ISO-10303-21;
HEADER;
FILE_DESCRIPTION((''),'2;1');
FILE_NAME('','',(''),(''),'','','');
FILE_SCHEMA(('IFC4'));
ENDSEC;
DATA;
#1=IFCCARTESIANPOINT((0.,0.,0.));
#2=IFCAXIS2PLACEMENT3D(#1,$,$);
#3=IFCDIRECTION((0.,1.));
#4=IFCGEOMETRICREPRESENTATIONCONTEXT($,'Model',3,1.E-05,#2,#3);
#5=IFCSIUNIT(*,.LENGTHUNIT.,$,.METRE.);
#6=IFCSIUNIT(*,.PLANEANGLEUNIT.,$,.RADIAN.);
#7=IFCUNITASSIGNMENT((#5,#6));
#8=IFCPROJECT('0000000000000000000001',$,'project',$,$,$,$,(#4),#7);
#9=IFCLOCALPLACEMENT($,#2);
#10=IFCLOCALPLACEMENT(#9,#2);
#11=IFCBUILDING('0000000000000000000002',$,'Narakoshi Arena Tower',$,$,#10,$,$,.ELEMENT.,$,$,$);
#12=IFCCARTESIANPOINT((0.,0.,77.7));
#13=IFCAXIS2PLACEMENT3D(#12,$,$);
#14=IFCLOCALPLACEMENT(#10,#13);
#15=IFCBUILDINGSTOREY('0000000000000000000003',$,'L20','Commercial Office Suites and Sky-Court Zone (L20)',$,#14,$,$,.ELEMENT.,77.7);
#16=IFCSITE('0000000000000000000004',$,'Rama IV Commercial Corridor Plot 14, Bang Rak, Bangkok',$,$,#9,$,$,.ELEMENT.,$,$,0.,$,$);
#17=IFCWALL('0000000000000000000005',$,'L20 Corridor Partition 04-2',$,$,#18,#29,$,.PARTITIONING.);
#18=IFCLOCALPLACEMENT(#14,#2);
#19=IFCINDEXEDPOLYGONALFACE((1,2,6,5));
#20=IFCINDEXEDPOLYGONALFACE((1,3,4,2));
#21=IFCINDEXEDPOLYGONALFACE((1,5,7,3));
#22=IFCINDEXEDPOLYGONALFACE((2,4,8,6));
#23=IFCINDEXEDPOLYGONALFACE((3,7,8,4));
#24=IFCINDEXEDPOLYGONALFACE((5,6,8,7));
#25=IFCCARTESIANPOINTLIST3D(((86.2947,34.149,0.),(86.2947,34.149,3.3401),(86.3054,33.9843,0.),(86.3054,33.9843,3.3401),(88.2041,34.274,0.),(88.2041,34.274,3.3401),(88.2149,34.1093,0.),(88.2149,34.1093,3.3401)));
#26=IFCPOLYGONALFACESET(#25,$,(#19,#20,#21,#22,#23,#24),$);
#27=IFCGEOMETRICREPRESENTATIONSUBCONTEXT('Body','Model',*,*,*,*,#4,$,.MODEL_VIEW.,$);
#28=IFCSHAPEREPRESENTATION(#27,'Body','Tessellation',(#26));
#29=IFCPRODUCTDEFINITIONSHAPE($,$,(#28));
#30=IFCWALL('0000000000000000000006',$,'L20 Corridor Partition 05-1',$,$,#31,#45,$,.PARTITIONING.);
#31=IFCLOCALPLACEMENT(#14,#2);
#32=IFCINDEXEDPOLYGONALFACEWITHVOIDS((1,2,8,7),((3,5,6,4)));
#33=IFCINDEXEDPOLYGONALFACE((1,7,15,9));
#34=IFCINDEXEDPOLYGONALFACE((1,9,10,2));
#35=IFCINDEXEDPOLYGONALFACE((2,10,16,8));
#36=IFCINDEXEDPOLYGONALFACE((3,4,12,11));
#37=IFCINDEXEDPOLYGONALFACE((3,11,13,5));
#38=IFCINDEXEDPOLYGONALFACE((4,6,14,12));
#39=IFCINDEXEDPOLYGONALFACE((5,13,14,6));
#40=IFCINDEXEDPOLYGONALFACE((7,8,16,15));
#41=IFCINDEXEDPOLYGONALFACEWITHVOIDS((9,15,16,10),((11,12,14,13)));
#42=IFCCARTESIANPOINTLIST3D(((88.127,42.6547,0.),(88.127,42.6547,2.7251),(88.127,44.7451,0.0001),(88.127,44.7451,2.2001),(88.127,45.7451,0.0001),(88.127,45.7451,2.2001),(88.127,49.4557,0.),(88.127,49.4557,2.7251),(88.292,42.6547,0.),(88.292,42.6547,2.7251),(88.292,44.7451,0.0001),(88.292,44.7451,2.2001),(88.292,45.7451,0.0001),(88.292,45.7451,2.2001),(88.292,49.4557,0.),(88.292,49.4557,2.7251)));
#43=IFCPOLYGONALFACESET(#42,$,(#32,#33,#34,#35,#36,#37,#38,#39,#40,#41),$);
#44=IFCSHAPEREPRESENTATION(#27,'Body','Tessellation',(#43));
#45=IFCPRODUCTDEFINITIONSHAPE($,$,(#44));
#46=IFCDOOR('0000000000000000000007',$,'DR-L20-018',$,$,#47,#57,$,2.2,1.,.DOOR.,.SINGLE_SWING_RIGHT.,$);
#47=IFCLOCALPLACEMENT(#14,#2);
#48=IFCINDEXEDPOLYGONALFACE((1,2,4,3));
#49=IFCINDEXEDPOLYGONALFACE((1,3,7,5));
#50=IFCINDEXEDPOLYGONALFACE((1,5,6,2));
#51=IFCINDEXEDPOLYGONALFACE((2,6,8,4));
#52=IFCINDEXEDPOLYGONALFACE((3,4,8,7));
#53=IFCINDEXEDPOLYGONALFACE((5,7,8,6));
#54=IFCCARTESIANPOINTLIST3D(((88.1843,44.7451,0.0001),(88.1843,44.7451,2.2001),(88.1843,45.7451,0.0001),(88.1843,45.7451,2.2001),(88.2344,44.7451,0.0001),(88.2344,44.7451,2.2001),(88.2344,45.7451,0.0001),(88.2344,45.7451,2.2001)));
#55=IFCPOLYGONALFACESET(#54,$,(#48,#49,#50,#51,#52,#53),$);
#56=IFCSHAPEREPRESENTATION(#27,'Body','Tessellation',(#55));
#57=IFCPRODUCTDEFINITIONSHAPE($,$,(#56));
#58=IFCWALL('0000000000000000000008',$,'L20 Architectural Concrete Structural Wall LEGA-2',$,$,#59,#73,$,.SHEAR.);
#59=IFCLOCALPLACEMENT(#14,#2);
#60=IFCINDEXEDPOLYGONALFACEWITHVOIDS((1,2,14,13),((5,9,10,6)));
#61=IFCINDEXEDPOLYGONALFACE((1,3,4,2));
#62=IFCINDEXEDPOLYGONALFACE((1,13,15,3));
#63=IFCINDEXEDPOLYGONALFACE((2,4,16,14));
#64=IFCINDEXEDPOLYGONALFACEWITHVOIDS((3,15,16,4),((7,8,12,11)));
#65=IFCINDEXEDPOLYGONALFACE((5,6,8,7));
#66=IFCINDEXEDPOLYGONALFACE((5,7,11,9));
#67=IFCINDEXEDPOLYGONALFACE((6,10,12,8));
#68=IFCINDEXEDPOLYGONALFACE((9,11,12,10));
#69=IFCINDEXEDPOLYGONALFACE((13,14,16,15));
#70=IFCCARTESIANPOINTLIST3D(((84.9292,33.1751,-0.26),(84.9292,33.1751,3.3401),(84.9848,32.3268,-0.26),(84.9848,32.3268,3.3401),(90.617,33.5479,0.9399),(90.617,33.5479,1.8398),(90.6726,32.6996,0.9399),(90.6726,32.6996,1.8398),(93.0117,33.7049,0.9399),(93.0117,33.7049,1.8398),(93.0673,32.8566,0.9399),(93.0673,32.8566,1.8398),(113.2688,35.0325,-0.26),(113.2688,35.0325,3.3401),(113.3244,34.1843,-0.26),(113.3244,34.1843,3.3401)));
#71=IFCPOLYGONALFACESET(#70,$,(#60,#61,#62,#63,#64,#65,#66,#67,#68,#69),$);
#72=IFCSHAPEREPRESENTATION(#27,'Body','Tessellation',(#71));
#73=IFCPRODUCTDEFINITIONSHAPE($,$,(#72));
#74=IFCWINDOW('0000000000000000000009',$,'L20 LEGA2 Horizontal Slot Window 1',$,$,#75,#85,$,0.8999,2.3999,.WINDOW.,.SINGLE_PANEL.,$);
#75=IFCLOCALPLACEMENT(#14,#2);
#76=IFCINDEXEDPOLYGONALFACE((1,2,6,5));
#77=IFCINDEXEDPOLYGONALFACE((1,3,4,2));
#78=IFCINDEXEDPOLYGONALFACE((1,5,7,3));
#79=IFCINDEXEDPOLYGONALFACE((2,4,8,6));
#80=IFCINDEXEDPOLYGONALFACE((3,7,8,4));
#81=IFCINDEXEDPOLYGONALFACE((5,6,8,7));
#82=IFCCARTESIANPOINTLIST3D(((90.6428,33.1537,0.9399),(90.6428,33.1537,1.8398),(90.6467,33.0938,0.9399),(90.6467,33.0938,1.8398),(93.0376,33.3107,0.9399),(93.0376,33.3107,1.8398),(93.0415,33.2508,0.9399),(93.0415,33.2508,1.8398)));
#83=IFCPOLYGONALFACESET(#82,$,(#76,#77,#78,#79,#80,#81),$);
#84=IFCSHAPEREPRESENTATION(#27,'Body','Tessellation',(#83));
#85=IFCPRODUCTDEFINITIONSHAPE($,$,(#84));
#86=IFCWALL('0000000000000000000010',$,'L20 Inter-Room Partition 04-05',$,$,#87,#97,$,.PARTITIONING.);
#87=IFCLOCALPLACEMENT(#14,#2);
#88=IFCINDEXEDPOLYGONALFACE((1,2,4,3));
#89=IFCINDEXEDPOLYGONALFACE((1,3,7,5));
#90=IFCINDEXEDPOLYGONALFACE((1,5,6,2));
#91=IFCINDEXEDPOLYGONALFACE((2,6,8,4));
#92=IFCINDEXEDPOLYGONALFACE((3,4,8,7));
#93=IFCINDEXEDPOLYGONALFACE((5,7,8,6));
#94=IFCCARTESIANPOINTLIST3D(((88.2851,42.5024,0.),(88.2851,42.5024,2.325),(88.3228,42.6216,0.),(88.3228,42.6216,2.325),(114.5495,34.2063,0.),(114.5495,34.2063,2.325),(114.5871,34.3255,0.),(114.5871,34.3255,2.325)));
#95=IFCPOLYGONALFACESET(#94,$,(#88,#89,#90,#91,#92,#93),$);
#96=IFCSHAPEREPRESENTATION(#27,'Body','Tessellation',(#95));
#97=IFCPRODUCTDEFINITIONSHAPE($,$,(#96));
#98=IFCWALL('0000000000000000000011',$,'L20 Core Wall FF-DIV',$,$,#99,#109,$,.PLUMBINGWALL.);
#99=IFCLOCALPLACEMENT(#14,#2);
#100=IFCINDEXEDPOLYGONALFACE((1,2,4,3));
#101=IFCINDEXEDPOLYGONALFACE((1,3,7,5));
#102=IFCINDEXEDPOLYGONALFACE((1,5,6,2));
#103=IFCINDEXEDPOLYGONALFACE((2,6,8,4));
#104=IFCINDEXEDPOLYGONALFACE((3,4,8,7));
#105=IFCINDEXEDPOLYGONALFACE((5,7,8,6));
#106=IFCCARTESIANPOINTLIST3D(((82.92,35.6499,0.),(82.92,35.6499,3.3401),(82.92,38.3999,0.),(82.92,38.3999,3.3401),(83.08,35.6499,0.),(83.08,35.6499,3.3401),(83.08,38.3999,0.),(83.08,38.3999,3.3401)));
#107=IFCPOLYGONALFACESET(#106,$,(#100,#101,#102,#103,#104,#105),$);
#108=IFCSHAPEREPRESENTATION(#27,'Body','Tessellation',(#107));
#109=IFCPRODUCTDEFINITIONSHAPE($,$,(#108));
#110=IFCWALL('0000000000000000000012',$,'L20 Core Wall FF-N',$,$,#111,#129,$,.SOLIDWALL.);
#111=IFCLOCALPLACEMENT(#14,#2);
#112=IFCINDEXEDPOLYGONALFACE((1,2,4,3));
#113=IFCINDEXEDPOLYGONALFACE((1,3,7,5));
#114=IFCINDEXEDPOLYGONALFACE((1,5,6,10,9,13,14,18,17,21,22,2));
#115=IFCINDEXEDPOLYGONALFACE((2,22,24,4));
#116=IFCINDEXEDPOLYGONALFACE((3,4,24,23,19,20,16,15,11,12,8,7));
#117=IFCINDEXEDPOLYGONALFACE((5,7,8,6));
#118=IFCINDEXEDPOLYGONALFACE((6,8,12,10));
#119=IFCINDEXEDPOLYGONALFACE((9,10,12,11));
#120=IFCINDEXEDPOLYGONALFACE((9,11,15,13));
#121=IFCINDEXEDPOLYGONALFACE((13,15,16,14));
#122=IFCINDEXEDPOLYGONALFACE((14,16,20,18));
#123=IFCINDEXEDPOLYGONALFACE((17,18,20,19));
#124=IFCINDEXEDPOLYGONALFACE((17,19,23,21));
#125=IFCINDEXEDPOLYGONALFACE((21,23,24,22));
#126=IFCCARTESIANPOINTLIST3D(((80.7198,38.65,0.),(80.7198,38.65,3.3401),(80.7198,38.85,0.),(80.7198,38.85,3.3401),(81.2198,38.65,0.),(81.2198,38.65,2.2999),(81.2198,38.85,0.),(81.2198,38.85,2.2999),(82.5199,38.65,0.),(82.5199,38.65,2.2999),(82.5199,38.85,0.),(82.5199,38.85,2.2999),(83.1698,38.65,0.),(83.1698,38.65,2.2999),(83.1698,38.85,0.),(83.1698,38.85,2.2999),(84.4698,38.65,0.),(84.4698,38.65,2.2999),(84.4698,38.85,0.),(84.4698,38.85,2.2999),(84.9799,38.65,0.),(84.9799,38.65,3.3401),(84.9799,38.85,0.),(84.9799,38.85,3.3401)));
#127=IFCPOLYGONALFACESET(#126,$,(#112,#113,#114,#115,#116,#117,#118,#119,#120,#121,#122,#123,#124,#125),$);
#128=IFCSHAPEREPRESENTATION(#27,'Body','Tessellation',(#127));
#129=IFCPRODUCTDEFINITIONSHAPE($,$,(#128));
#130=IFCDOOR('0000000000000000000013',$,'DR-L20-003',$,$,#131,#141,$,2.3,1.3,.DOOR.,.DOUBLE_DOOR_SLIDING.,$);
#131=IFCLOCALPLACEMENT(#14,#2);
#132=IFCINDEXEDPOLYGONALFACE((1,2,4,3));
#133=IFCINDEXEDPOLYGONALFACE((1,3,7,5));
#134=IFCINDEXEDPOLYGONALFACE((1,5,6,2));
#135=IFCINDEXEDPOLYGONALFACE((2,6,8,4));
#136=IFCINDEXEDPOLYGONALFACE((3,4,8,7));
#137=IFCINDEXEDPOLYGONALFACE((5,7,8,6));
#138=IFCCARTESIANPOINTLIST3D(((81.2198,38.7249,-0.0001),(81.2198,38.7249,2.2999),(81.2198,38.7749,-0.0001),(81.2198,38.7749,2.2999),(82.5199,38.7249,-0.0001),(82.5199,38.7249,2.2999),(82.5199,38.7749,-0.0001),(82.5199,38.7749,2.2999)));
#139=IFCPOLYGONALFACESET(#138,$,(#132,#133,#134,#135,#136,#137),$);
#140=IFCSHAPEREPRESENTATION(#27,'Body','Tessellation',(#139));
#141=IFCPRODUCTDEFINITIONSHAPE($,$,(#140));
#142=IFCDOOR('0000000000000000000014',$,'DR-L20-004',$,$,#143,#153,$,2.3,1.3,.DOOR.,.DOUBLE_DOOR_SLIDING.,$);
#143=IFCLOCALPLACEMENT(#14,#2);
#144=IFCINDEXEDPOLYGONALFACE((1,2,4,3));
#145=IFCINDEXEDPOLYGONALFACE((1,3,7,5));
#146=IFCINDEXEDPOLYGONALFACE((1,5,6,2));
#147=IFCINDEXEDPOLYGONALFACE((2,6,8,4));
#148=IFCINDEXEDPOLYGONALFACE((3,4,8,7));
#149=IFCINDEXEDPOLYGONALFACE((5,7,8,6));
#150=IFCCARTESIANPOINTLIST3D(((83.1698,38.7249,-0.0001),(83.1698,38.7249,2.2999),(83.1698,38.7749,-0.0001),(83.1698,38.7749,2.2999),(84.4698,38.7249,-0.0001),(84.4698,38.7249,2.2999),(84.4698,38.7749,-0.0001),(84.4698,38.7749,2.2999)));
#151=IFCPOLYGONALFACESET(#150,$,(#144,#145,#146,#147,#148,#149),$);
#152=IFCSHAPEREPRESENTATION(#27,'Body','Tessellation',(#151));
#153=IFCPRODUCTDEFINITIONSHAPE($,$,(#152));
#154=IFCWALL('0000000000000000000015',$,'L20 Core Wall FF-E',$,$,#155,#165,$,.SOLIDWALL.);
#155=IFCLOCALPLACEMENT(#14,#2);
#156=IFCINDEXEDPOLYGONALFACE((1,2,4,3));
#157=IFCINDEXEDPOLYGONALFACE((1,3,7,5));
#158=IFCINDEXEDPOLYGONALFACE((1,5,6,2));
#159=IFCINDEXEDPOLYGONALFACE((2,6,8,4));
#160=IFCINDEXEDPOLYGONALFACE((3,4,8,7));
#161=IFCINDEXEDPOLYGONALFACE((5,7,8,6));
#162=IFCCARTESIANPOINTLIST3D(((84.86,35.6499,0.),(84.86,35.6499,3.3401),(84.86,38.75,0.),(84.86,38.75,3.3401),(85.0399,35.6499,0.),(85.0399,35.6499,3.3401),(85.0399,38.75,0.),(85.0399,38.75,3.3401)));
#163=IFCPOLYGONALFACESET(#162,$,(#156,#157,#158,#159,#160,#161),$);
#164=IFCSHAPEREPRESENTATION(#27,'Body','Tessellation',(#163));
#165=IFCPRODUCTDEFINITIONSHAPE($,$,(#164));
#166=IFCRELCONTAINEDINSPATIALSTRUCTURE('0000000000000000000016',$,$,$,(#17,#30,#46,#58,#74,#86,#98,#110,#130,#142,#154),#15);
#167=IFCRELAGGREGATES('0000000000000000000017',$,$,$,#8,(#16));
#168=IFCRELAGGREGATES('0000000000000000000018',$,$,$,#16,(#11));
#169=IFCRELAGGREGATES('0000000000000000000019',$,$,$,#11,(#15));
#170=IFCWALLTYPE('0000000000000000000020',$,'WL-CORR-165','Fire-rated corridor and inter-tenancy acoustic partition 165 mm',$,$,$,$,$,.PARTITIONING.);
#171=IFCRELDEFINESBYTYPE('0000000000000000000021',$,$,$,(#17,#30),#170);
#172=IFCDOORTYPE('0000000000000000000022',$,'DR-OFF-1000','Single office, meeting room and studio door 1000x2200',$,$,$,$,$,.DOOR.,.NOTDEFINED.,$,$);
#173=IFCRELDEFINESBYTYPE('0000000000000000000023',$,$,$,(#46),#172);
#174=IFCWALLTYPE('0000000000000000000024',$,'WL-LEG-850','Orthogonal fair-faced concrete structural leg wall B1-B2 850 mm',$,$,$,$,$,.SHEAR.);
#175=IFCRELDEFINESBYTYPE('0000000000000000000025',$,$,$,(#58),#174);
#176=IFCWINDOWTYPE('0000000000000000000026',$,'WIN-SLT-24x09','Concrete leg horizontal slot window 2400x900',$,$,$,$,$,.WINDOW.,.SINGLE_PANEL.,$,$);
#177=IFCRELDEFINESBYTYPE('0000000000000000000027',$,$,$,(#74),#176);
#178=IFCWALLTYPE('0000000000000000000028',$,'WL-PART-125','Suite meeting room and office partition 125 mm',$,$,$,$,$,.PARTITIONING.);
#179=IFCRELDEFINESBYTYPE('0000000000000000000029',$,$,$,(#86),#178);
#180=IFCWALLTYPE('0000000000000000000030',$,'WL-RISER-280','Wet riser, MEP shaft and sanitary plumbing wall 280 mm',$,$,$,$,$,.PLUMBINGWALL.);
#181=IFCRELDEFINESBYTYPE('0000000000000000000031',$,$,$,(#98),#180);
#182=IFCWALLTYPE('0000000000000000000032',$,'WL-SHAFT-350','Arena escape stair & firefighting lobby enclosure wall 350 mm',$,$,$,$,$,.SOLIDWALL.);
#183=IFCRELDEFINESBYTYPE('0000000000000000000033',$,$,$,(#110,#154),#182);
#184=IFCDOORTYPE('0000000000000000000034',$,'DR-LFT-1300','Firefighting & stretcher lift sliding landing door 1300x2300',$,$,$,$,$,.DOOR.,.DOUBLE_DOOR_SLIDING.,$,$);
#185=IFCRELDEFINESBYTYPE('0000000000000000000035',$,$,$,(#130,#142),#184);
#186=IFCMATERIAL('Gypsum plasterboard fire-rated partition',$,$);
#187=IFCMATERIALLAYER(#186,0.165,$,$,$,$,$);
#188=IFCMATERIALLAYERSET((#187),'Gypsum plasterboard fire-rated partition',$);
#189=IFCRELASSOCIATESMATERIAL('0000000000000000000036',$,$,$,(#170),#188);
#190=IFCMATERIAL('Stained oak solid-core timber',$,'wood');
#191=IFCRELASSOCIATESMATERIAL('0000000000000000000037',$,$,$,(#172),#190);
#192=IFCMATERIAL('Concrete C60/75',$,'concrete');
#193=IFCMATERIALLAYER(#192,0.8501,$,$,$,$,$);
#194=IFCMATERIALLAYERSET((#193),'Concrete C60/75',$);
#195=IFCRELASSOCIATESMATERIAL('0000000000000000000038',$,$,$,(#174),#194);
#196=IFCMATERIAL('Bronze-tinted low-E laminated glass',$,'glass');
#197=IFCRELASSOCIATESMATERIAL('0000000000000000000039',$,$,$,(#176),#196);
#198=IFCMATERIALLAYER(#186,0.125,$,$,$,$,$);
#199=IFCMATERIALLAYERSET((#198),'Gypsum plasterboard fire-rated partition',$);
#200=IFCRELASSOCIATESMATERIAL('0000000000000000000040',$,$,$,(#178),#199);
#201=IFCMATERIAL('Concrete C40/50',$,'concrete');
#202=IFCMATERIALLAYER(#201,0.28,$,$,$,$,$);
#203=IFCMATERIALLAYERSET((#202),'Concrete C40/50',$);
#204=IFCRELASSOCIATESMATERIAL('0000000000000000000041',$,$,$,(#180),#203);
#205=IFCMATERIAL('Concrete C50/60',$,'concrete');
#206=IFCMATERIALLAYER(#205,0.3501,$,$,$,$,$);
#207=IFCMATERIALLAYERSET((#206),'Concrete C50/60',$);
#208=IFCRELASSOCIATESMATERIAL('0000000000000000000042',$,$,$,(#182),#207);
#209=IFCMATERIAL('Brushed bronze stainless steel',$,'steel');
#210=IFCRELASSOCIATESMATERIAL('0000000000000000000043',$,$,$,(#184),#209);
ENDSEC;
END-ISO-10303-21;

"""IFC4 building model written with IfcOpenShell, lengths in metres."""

from ifc_helpers import new_model, si_unit, direction, frame, frame_2d, origin, place, context, subcontext, project, spatial, rectangle, extrude, material, layer, layer_set, type_object, element, fill, save


model = new_model("IFC4")

# Units and contexts
model_context = context("Model", 3, precision=1e-05, world=origin(), true_north=direction((0.0, 1.0)))
body_context = subcontext(model_context, "Body", "Model", "MODEL_VIEW")
ifc_project = project(units=[si_unit("LENGTHUNIT", "METRE"), si_unit("PLANEANGLEUNIT", "RADIAN")], contexts=[model_context])

# Site, building, storey
site_placement = place(None, origin())
site = spatial("IfcSite", under=ifc_project, at=site_placement, Name="Rama IV Commercial Corridor Plot 14, Bang Rak, Bangkok", CompositionType="ELEMENT", RefElevation=0.0)
building_placement = place(site_placement, origin())
building = spatial("IfcBuilding", under=site, at=building_placement, Name="Narakoshi Arena Tower", CompositionType="ELEMENT")
storey_placement = place(building_placement, frame((0.0, 0.0, 77.7)))
storey = spatial("IfcBuildingStorey", under=building, at=storey_placement, Name="L20", Description="Commercial Office Suites and Sky-Court Zone (L20)", CompositionType="ELEMENT", Elevation=77.7)

# Shared definitions
ifc_material_1 = material(Name="Concrete C60/75", Category="concrete")

# Shared definitions
ifc_material_2 = material(Name="Gypsum plasterboard fire-rated partition")
ifc_layer_1 = layer(ifc_material_2, 0.165)
ifc_layer_set_1 = layer_set([ifc_layer_1], Name="Gypsum plasterboard fire-rated partition")
wall_type_1 = type_object("IfcWallType", Name="WL-CORR-165", Description="Fire-rated corridor and inter-tenancy acoustic partition 165 mm", PredefinedType="PARTITIONING", material=ifc_layer_set_1)
ifc_material_3 = material(Name="Stained oak solid-core timber", Category="wood")
door_type_1 = type_object("IfcDoorType", Name="DR-OFF-1000", Description="Single office, meeting room and studio door 1000x2200", OperationType="NOTDEFINED", PredefinedType="DOOR", material=ifc_material_3)

# Wall
wall_1_placement = place(storey_placement, frame((86.3, 34.0667, 0.0), z_axis=(0.0, 0.0, 1.0), x_axis=(0.997864, 0.065325, 0.0)))
element("IfcWall", 1, at=wall_1_placement, inside=storey, type_object=wall_type_1, Name="L20 Corridor Partition 04-2", PredefinedType="PARTITIONING", context=body_context, shape_type="SweptSolid", body=[
    extrude(rectangle(XDim=1.9136, YDim=0.165, at=frame_2d((0.9568, 0.0))), origin(), (0.0, 0.0, 1.0), 3.3401),
])

# Wall, opening, door
wall_2_placement = place(storey_placement, frame((88.2095, 42.6548, 0.0), z_axis=(0.0, 0.0, 1.0), x_axis=(0.0, 1.0, 0.0)))
wall_2 = element("IfcWall", 2, at=wall_2_placement, inside=storey, type_object=wall_type_1, Name="L20 Corridor Partition 05-1", PredefinedType="PARTITIONING", context=body_context, shape_type="SweptSolid", body=[
    extrude(rectangle(XDim=6.801, YDim=0.165, at=frame_2d((3.4004, 0.0))), origin(), (0.0, 0.0, 1.0), 2.7251),
])
opening_1_placement = place(wall_2_placement, frame((2.0903, 0.0, 0.0)))
opening_1 = element("IfcOpeningElement", 3, at=opening_1_placement, cuts=wall_2, PredefinedType="OPENING", context=body_context, shape_type="SweptSolid", body=[
    extrude(rectangle(XDim=1.0, YDim=2.2, at=frame_2d((0.5, 1.1001))), frame((0.0, 0.0925, 0.0), z_axis=(0.0, -1.0, 0.0), x_axis=(1.0, 0.0, 0.0)), (0.0, 0.0, 1.0), 0.1851),
])
door_1_placement = place(opening_1_placement, frame((1.0, 0.0, 0.0), z_axis=(0.0, 0.0, 1.0), x_axis=(-1.0, 0.0, 0.0)))
door_1 = element("IfcDoor", 4, at=door_1_placement, inside=storey, type_object=door_type_1, Name="DR-L20-018", OperationType="SINGLE_SWING_RIGHT", OverallHeight=2.2, OverallWidth=1.0, PredefinedType="DOOR", context=body_context, shape_type="SweptSolid", body=[
    extrude(rectangle(XDim=1.0, YDim=2.2, at=frame_2d((0.5, 1.1001))), frame((0.0, 0.0249, 0.0), z_axis=(0.0, -1.0, 0.0), x_axis=(1.0, 0.0, 0.0)), (0.0, 0.0, 1.0), 0.05),
])
fill(opening_1, door_1)

# Wall, opening, window
ifc_layer_2 = layer(ifc_material_1, 0.8501)
ifc_layer_set_2 = layer_set([ifc_layer_2], Name="Concrete C60/75")
wall_type_2 = type_object("IfcWallType", Name="WL-LEG-850", Description="Orthogonal fair-faced concrete structural leg wall B1-B2 850 mm", PredefinedType="SHEAR", material=ifc_layer_set_2)
wall_3_placement = place(storey_placement, frame((84.957, 32.751, -0.26), z_axis=(0.0, 0.0, 1.0), x_axis=(0.997859, 0.065401, 0.0)))
wall_3 = element("IfcWall", 5, at=wall_3_placement, inside=storey, type_object=wall_type_2, Name="L20 Architectural Concrete Structural Wall LEGA-2", PredefinedType="SHEAR", context=body_context, shape_type="SweptSolid", body=[
    extrude(rectangle(XDim=28.4004, YDim=0.8501, at=frame_2d((14.2002, 0.0))), origin(), (0.0, 0.0, 1.0), 3.6001),
])
opening_2_placement = place(wall_3_placement, frame((5.7, 0.0, 1.2)))
opening_2 = element("IfcOpeningElement", 6, at=opening_2_placement, cuts=wall_3, PredefinedType="OPENING", context=body_context, shape_type="SweptSolid", body=[
    extrude(rectangle(XDim=2.3999, YDim=0.8999, at=frame_2d((1.2, 0.45))), frame((0.0, 0.4351, 0.0), z_axis=(0.0, -1.0, 0.0), x_axis=(1.0, 0.0, 0.0)), (0.0, 0.0, 1.0), 0.8701),
])
ifc_material_4 = material(Name="Bronze-tinted low-E laminated glass", Category="glass")
window_type = type_object("IfcWindowType", Name="WIN-SLT-24x09", Description="Concrete leg horizontal slot window 2400x900", PartitioningType="SINGLE_PANEL", PredefinedType="WINDOW", material=ifc_material_4)
window_placement = place(opening_2_placement, origin())
window = element("IfcWindow", 7, at=window_placement, inside=storey, type_object=window_type, Name="L20 LEGA2 Horizontal Slot Window 1", OverallHeight=0.8999, OverallWidth=2.3999, PartitioningType="SINGLE_PANEL", PredefinedType="WINDOW", context=body_context, shape_type="SweptSolid", body=[
    extrude(rectangle(XDim=2.3999, YDim=0.8999, at=frame_2d((1.2, 0.45))), frame((0.0, 0.03, 0.0), z_axis=(0.0, -1.0, 0.0), x_axis=(1.0, 0.0, 0.0)), (0.0, 0.0, 1.0), 0.0601),
])
fill(opening_2, window)

# Walls
ifc_layer_3 = layer(ifc_material_2, 0.125)
ifc_layer_set_3 = layer_set([ifc_layer_3], Name="Gypsum plasterboard fire-rated partition")
wall_type_3 = type_object("IfcWallType", Name="WL-PART-125", Description="Suite meeting room and office partition 125 mm", PredefinedType="PARTITIONING", material=ifc_layer_set_3)
wall_4_placement = place(storey_placement, frame((88.304, 42.562, 0.0), z_axis=(0.0, 0.0, 1.0), x_axis=(0.953561, -0.301201, 0.0)))
element("IfcWall", 8, at=wall_4_placement, inside=storey, type_object=wall_type_3, Name="L20 Inter-Room Partition 04-05", PredefinedType="PARTITIONING", context=body_context, shape_type="SweptSolid", body=[
    extrude(rectangle(XDim=27.5435, YDim=0.125, at=frame_2d((13.7717, 0.0))), origin(), (0.0, 0.0, 1.0), 2.325),
])
ifc_material_5 = material(Name="Concrete C40/50", Category="concrete")
ifc_layer_4 = layer(ifc_material_5, 0.28)
ifc_layer_set_4 = layer_set([ifc_layer_4], Name="Concrete C40/50")
wall_type_4 = type_object("IfcWallType", Name="WL-RISER-280", Description="Wet riser, MEP shaft and sanitary plumbing wall 280 mm", PredefinedType="PLUMBINGWALL", material=ifc_layer_set_4)
wall_5_placement = place(storey_placement, frame((83.0, 35.6499, 0.0), z_axis=(0.0, 0.0, 1.0), x_axis=(0.0, 1.0, 0.0)))
element("IfcWall", 9, at=wall_5_placement, inside=storey, type_object=wall_type_4, Name="L20 Core Wall FF-DIV", PredefinedType="PLUMBINGWALL", context=body_context, shape_type="SweptSolid", body=[
    extrude(rectangle(XDim=2.75, YDim=0.1599, at=frame_2d((1.375, 0.0))), origin(), (0.0, 0.0, 1.0), 3.3401),
])

# Wall, openings, doors
ifc_material_6 = material(Name="Concrete C50/60", Category="concrete")
ifc_layer_5 = layer(ifc_material_6, 0.3501)
ifc_layer_set_5 = layer_set([ifc_layer_5], Name="Concrete C50/60")
wall_type_5 = type_object("IfcWallType", Name="WL-SHAFT-350", Description="Arena escape stair & firefighting lobby enclosure wall 350 mm", PredefinedType="SOLIDWALL", material=ifc_layer_set_5)
wall_6_placement = place(storey_placement, frame((80.72, 38.75, 0.0), z_axis=(0.0, 0.0, 1.0), x_axis=(1.0, 0.0, 0.0)))
wall_6 = element("IfcWall", 10, at=wall_6_placement, inside=storey, type_object=wall_type_5, Name="L20 Core Wall FF-N", PredefinedType="SOLIDWALL", context=body_context, shape_type="SweptSolid", body=[
    extrude(rectangle(XDim=4.26, YDim=0.2, at=frame_2d((2.1299, 0.0))), origin(), (0.0, 0.0, 1.0), 3.3401),
])
opening_3_placement = place(wall_6_placement, frame((0.5, 0.0, 0.0)))
opening_3 = element("IfcOpeningElement", 11, at=opening_3_placement, cuts=wall_6, PredefinedType="OPENING", context=body_context, shape_type="SweptSolid", body=[
    extrude(rectangle(XDim=1.3, YDim=2.3, at=frame_2d((0.6499, 1.1499))), frame((0.0, 0.1099, 0.0), z_axis=(0.0, -1.0, 0.0), x_axis=(1.0, 0.0, 0.0)), (0.0, 0.0, 1.0), 0.22),
])
opening_4_placement = place(wall_6_placement, frame((2.45, 0.0, 0.0)))
opening_4 = element("IfcOpeningElement", 12, at=opening_4_placement, cuts=wall_6, PredefinedType="OPENING", context=body_context, shape_type="SweptSolid", body=[
    extrude(rectangle(XDim=1.3, YDim=2.3, at=frame_2d((0.6499, 1.1499))), frame((0.0, 0.1099, 0.0), z_axis=(0.0, -1.0, 0.0), x_axis=(1.0, 0.0, 0.0)), (0.0, 0.0, 1.0), 0.22),
])
ifc_material_7 = material(Name="Brushed bronze stainless steel", Category="steel")
door_type_2 = type_object("IfcDoorType", Name="DR-LFT-1300", Description="Firefighting & stretcher lift sliding landing door 1300x2300", OperationType="DOUBLE_DOOR_SLIDING", PredefinedType="DOOR", material=ifc_material_7)
door_2_placement = place(opening_3_placement, origin())
door_2 = element("IfcDoor", 13, at=door_2_placement, inside=storey, type_object=door_type_2, Name="DR-L20-003", OperationType="DOUBLE_DOOR_SLIDING", OverallHeight=2.3, OverallWidth=1.3, PredefinedType="DOOR", context=body_context, shape_type="SweptSolid", body=[
    extrude(rectangle(XDim=1.3, YDim=2.3, at=frame_2d((0.6499, 1.1499))), frame((0.0, 0.0249, 0.0), z_axis=(0.0, -1.0, 0.0), x_axis=(1.0, 0.0, 0.0)), (0.0, 0.0, 1.0), 0.05),
])
fill(opening_3, door_2)
door_3_placement = place(opening_4_placement, origin())
door_3 = element("IfcDoor", 14, at=door_3_placement, inside=storey, type_object=door_type_2, Name="DR-L20-004", OperationType="DOUBLE_DOOR_SLIDING", OverallHeight=2.3, OverallWidth=1.3, PredefinedType="DOOR", context=body_context, shape_type="SweptSolid", body=[
    extrude(rectangle(XDim=1.3, YDim=2.3, at=frame_2d((0.6499, 1.1499))), frame((0.0, 0.0249, 0.0), z_axis=(0.0, -1.0, 0.0), x_axis=(1.0, 0.0, 0.0)), (0.0, 0.0, 1.0), 0.05),
])
fill(opening_4, door_3)

# Wall
for number, where, z_axis, x_axis, name in (
    (15, (84.95, 35.6499, 0.0), (0.0, 0.0, 1.0), (0.0, 1.0, 0.0), "L20 Core Wall FF-E"),
):
    element("IfcWall", number, at=place(storey_placement, frame(where, z_axis=z_axis, x_axis=x_axis)), inside=storey, type_object=wall_type_5, Name=name, PredefinedType="SOLIDWALL", context=body_context, shape_type="SweptSolid", body=[
        extrude(rectangle(XDim=3.1001, YDim=0.1799, at=frame_2d((1.55, 0.0))), origin(), (0.0, 0.0, 1.0), 3.3401),
    ])

save(model, "model.ifc")
